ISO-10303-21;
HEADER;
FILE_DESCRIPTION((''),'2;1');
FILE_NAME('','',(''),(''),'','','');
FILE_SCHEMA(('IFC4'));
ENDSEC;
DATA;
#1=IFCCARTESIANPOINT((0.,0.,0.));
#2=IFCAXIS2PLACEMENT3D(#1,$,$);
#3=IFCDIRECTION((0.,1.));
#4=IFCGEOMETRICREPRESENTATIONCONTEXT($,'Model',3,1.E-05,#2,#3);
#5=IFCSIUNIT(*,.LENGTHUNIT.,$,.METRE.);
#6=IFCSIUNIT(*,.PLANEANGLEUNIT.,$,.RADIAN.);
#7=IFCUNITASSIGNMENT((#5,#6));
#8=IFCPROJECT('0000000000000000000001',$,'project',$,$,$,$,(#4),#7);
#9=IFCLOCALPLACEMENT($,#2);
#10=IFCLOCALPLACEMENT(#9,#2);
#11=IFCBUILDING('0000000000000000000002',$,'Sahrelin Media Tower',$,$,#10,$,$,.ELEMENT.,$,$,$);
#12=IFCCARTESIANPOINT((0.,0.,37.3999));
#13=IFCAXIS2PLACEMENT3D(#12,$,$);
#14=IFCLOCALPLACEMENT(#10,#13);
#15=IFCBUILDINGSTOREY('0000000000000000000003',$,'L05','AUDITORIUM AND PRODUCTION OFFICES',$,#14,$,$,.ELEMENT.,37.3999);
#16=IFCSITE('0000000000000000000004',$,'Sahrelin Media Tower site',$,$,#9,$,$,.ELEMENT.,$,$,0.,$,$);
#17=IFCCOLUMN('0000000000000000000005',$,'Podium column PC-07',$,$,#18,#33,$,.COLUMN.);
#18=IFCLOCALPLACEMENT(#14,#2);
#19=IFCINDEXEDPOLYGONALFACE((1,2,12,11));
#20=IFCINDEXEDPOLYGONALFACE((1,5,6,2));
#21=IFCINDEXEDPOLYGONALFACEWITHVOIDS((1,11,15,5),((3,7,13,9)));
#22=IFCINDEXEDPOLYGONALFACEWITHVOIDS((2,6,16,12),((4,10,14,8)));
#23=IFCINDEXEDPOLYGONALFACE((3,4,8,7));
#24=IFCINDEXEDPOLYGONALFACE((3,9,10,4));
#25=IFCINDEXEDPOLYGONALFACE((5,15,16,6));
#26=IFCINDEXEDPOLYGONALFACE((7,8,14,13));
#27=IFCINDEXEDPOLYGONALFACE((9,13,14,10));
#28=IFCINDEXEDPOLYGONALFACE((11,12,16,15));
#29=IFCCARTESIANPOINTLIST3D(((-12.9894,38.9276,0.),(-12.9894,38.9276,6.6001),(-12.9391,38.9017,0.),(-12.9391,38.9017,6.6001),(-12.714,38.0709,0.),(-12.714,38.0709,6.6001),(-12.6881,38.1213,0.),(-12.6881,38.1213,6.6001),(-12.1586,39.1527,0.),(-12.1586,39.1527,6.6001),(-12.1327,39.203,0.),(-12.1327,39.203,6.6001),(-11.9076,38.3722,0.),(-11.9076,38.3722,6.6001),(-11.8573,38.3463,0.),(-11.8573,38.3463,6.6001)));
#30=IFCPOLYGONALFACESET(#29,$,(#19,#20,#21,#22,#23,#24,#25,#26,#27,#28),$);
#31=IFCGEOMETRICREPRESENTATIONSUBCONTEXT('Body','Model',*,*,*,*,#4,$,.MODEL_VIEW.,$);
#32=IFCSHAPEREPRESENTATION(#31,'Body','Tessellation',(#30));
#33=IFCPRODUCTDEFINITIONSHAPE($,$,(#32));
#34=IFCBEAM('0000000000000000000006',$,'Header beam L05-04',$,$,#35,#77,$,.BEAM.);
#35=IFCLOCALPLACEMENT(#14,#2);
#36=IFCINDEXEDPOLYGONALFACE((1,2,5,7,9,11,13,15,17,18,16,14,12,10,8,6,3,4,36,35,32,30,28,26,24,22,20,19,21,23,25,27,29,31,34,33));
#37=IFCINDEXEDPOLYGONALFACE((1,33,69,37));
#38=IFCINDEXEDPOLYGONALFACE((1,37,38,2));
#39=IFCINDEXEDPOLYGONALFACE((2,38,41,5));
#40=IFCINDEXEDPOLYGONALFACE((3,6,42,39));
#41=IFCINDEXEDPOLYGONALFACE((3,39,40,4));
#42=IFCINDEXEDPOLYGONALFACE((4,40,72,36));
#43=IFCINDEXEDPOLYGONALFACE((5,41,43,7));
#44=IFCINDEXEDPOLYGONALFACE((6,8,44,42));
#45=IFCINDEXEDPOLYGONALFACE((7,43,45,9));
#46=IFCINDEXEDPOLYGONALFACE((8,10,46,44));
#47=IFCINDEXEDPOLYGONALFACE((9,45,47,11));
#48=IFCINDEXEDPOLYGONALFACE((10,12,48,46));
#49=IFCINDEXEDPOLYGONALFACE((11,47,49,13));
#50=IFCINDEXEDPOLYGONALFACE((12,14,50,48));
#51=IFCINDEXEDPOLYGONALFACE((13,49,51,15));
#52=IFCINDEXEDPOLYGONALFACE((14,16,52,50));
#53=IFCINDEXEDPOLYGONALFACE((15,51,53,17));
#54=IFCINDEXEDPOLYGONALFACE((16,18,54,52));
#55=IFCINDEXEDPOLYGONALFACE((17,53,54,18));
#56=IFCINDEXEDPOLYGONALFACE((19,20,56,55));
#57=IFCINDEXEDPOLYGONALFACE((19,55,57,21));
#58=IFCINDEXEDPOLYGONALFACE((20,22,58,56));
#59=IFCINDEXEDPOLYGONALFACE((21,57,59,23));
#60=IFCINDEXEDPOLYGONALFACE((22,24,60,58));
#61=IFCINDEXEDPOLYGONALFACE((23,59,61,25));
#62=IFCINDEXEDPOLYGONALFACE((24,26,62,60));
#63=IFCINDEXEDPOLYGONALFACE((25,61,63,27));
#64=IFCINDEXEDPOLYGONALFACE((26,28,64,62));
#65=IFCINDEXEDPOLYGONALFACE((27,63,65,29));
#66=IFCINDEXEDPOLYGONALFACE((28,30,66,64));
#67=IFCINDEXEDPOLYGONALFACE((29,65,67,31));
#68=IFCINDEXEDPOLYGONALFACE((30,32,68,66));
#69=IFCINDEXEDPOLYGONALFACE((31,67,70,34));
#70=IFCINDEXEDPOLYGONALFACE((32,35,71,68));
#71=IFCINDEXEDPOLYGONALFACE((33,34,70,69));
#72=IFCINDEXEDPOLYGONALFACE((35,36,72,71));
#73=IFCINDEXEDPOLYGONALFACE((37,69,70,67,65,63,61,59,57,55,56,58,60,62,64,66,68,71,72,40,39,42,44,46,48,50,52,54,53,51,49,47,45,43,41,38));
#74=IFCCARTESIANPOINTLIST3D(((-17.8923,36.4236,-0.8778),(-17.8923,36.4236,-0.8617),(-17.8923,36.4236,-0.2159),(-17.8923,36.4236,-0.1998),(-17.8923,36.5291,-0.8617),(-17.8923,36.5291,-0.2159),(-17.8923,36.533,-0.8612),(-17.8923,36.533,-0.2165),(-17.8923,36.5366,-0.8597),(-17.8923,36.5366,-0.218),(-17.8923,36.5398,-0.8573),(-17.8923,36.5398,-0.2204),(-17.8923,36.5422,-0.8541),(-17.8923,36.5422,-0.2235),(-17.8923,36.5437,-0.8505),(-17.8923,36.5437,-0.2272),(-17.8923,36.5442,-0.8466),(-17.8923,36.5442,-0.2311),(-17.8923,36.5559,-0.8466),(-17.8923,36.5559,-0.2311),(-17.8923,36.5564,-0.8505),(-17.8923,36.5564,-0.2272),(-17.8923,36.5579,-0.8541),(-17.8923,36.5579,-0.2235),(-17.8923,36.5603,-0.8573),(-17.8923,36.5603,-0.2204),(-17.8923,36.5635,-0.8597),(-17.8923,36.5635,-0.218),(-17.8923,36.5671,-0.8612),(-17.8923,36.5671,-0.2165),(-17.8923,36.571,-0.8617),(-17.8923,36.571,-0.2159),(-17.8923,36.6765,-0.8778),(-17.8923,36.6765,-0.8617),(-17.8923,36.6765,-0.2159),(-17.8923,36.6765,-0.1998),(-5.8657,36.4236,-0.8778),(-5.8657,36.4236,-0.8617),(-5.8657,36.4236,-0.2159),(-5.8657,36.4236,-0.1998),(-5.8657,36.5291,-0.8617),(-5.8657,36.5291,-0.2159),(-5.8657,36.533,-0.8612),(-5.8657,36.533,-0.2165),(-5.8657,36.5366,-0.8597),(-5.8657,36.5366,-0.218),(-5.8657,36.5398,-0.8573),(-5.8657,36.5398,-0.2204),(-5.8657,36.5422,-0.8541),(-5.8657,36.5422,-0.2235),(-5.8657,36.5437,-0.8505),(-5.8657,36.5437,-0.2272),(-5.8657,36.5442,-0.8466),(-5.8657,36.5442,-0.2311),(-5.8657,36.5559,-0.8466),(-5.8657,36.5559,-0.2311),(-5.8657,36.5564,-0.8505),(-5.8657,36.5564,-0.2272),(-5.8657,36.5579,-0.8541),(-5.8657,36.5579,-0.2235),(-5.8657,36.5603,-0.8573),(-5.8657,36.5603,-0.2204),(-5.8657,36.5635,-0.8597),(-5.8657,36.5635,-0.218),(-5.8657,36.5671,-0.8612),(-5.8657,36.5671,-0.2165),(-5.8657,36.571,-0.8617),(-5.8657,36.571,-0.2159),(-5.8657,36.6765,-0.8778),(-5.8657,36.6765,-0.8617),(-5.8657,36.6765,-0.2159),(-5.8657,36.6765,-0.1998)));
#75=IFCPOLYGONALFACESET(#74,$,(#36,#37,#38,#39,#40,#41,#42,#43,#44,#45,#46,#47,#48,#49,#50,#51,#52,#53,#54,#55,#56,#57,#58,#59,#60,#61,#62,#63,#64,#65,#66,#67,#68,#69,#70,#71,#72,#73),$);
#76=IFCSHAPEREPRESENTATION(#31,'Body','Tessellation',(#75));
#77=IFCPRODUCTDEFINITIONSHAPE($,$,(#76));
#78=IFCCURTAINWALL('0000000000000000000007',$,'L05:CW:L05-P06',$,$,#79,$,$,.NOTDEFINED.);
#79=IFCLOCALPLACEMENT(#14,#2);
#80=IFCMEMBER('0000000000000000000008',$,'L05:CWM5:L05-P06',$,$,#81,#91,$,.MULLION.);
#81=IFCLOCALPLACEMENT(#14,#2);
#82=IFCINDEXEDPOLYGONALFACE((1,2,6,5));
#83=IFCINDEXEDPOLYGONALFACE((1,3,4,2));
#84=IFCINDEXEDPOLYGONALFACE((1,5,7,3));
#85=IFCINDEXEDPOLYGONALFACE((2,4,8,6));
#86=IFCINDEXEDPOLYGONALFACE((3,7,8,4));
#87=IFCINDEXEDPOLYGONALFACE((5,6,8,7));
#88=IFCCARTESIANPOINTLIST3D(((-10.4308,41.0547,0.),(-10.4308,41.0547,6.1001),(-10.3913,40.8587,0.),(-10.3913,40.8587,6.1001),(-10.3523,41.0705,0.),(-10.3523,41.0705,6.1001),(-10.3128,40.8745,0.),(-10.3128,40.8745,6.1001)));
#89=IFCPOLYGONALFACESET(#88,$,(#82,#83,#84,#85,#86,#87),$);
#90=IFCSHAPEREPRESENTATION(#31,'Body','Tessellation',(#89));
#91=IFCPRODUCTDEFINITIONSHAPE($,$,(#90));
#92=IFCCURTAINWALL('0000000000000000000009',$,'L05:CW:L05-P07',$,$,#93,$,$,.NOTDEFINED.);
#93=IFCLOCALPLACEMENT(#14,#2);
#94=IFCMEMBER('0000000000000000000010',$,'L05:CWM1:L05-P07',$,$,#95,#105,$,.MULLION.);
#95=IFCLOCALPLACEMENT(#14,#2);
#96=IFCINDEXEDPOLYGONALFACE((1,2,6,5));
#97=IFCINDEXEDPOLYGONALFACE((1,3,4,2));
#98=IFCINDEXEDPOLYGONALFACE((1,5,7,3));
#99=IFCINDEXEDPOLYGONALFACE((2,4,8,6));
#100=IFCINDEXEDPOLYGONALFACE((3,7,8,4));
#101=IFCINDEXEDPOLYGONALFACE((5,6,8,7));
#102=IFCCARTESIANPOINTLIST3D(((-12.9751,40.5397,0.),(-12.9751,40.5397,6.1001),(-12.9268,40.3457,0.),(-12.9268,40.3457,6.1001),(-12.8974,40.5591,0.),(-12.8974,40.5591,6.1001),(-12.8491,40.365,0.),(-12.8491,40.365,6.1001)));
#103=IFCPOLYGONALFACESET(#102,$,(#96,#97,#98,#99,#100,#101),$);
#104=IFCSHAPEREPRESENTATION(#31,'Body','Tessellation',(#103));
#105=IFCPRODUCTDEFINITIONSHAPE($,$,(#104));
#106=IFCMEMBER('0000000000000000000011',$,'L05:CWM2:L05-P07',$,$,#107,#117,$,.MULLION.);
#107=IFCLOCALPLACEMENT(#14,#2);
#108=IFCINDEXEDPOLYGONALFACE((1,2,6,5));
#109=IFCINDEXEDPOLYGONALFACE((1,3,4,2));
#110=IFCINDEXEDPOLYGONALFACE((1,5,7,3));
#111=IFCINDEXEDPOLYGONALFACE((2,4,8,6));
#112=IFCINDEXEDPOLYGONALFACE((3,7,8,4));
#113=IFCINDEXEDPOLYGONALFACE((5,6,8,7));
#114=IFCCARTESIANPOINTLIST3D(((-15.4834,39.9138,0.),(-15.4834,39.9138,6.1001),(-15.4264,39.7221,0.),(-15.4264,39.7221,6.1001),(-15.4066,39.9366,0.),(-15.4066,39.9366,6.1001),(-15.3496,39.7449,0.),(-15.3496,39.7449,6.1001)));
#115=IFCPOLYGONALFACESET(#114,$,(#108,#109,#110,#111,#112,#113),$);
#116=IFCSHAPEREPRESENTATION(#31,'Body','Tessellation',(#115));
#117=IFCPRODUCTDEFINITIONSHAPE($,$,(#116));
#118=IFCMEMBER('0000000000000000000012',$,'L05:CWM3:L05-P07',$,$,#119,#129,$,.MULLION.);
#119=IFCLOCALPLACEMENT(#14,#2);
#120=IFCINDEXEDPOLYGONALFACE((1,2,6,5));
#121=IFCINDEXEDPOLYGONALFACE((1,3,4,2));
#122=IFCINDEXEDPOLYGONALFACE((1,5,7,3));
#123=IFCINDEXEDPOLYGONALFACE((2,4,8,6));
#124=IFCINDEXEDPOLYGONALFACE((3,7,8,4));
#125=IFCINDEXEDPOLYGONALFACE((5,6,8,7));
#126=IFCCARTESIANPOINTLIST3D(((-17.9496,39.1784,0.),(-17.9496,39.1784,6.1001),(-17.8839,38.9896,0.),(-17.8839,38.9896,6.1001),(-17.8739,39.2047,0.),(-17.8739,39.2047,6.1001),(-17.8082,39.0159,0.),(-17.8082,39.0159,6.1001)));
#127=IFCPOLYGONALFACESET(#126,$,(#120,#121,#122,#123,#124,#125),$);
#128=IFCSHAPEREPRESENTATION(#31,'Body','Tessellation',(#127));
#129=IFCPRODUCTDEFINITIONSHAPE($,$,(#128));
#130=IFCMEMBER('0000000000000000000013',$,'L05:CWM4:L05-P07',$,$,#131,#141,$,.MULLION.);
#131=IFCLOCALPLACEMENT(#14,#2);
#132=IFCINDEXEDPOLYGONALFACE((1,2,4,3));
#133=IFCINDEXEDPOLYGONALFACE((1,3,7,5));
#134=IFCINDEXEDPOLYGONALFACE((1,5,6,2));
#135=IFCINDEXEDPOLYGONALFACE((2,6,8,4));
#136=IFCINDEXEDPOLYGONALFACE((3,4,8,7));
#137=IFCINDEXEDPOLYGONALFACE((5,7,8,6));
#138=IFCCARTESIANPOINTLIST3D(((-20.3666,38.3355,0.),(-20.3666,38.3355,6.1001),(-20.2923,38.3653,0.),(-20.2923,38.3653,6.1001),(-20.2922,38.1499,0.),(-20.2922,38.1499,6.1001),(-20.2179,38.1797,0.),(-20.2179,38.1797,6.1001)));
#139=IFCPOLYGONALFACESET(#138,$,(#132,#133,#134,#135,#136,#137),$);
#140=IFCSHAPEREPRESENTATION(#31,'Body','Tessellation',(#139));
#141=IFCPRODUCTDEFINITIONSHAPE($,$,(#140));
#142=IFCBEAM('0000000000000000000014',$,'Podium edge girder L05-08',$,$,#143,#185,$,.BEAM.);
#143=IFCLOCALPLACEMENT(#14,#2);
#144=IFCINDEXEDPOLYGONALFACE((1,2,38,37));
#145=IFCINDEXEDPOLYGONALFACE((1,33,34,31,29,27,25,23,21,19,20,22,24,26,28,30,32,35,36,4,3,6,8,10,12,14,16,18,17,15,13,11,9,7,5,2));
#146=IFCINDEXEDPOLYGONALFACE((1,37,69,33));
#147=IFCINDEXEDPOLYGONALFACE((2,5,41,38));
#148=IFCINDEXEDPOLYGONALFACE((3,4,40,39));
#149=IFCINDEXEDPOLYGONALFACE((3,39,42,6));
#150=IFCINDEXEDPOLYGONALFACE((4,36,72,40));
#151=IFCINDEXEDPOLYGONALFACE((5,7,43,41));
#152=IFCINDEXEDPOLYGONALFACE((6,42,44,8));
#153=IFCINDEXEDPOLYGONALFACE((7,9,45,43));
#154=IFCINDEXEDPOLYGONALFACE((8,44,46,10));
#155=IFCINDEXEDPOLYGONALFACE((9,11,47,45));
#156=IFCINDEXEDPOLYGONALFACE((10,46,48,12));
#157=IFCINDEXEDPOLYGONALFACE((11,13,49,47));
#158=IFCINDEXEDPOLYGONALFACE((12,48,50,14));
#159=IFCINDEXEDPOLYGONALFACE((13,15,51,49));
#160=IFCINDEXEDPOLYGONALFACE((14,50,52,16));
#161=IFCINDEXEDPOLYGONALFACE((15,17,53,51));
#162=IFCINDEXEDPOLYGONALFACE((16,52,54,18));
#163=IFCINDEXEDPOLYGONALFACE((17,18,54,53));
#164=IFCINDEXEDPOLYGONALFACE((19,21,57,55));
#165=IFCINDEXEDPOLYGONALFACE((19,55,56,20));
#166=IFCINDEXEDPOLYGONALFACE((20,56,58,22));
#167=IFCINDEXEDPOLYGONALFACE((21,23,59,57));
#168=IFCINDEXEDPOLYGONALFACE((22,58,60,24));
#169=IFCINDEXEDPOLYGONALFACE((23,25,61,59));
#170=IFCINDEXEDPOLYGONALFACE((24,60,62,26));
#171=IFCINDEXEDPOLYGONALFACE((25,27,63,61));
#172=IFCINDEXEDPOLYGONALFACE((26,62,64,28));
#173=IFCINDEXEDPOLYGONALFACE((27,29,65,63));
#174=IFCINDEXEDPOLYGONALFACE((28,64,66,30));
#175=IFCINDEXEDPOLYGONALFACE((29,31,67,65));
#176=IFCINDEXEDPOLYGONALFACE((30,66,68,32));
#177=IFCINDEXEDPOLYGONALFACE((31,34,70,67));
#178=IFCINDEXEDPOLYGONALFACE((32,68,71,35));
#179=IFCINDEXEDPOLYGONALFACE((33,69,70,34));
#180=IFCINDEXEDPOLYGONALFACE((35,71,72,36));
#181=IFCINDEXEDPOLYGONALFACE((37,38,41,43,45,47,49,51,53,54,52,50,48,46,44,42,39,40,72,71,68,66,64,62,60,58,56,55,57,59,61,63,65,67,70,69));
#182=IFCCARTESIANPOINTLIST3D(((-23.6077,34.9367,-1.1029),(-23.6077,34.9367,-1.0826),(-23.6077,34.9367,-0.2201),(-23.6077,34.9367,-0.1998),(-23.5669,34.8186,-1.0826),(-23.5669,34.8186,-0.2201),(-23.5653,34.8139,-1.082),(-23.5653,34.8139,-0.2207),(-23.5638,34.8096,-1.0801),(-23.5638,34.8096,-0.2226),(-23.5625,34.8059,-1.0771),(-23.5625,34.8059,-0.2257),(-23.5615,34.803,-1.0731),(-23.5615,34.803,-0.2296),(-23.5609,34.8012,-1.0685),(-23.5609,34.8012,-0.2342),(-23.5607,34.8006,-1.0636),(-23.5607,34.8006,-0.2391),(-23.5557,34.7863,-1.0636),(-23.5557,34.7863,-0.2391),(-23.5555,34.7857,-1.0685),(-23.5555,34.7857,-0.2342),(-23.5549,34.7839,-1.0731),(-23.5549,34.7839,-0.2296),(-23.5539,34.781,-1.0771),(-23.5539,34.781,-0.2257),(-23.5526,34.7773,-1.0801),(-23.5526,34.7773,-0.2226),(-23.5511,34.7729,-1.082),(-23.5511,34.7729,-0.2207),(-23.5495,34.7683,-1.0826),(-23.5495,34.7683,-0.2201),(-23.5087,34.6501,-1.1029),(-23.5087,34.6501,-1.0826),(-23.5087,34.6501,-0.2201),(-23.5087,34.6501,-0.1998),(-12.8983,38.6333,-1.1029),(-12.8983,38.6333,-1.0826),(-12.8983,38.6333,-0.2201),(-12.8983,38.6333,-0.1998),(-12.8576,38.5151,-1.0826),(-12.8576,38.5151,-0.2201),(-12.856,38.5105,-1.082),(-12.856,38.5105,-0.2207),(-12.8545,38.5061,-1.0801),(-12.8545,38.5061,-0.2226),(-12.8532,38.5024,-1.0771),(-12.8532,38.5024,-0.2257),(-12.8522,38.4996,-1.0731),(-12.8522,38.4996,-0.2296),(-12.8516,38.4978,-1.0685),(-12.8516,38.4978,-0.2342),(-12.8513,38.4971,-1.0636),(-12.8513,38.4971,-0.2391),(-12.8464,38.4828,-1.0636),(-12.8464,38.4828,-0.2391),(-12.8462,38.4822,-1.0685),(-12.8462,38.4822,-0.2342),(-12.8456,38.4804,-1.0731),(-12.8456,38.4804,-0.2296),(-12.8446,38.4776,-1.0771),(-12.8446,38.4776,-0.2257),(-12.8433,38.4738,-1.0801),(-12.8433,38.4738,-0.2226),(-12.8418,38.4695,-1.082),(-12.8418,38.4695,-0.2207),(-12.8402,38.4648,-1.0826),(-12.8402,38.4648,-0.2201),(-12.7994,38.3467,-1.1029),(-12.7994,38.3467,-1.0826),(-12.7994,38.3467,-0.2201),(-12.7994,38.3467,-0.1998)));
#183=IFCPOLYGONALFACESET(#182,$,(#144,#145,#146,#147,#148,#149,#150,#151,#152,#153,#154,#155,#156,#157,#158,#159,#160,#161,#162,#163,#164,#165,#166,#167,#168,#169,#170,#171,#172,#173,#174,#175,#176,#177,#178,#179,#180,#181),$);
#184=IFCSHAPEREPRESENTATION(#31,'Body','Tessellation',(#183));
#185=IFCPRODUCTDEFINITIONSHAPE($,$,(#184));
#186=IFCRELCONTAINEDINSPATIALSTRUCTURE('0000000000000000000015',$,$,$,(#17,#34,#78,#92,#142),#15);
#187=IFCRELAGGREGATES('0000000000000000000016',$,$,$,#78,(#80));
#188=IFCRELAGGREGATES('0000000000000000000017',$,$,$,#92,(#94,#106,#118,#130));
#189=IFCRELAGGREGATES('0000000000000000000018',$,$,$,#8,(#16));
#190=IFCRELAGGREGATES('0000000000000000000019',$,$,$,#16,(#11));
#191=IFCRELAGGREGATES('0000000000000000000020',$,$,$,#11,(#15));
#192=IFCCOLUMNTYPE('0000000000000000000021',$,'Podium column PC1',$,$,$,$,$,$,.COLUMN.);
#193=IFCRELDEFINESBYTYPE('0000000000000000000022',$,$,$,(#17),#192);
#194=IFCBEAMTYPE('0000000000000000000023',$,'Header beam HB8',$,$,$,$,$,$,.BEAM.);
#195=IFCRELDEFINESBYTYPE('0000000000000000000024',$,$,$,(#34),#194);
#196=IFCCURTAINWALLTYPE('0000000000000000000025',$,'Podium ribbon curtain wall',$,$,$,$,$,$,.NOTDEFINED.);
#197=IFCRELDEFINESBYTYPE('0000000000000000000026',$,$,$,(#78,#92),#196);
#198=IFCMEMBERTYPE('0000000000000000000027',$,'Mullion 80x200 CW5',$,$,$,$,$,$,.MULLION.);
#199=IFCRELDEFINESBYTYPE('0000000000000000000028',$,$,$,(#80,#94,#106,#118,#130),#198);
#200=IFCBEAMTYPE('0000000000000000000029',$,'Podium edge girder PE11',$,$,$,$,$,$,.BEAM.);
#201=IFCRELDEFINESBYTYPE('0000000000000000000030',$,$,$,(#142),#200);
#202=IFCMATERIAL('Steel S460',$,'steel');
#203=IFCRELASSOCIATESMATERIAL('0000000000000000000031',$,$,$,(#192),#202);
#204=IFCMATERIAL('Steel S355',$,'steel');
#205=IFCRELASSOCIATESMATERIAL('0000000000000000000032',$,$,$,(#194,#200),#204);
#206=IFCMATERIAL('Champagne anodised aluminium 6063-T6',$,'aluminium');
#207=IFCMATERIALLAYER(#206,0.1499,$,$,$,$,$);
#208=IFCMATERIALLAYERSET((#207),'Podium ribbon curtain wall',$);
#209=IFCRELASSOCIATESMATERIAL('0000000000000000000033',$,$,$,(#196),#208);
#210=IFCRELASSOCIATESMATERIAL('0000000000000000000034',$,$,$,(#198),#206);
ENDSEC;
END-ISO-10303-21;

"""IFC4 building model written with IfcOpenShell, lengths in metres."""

from ifc_helpers import new_model, si_unit, direction, frame, origin, origin_2d, place, context, subcontext, project, spatial, rectangle, hollow_rectangle, i_section, extrude, material, layer, layer_set, material_profile, profile_set, type_object, element, aggregate, save


model = new_model("IFC4")

# Units and contexts
model_context = context("Model", 3, precision=1e-05, world=origin(), true_north=direction((0.0, 1.0)))
body_context = subcontext(model_context, "Body", "Model", "MODEL_VIEW")
ifc_project = project(units=[si_unit("LENGTHUNIT", "METRE"), si_unit("PLANEANGLEUNIT", "RADIAN")], contexts=[model_context])

# Site, building, storey
site_placement = place(None, origin())
site = spatial("IfcSite", under=ifc_project, at=site_placement, Name="Sahrelin Media Tower site", CompositionType="ELEMENT", RefElevation=0.0)
building_placement = place(site_placement, origin())
building = spatial("IfcBuilding", under=site, at=building_placement, Name="Sahrelin Media Tower", CompositionType="ELEMENT")
storey_placement = place(building_placement, frame((0.0, 0.0, 37.3999)))
storey = spatial("IfcBuildingStorey", under=building, at=storey_placement, Name="L05", Description="AUDITORIUM AND PRODUCTION OFFICES", CompositionType="ELEMENT", Elevation=37.3999)

# Column
ifc_material_1 = material(Name="Steel S460", Category="steel")
ifc_material_profile_1 = material_profile(ifc_material_1, hollow_rectangle(XDim=0.8999, YDim=0.8999, WallThickness=0.04, at=origin_2d()), Name="Podium column PC1")
ifc_profile_set_1 = profile_set([ifc_material_profile_1], Name="Steel S460")
column_type = type_object("IfcColumnType", Name="Podium column PC1", PredefinedType="COLUMN", material=ifc_profile_set_1)
column_placement = place(storey_placement, frame((-12.4233, 38.637, 0.0), z_axis=(0.0, 0.0, 1.0), x_axis=(-0.306104, 0.951998, 0.0)))
element("IfcColumn", 1, at=column_placement, inside=storey, type_object=column_type, Name="Podium column PC-07", PredefinedType="COLUMN", context=body_context, shape_type="SweptSolid", body=[
    extrude(hollow_rectangle(XDim=0.8999, YDim=0.8999, WallThickness=0.04, at=origin_2d()), origin(), (0.0, 0.0, 1.0), 6.6001),
])

# Beam
ifc_material_2 = material(Name="Steel S355", Category="steel")
ifc_material_profile_2 = material_profile(ifc_material_2, i_section(OverallWidth=0.2529, OverallDepth=0.678, WebThickness=0.0117, FlangeThickness=0.0161, FilletRadius=0.0151, at=origin_2d()), Name="UB 686x254x125")
ifc_profile_set_2 = profile_set([ifc_material_profile_2], Name="Steel S355")
beam_type_1 = type_object("IfcBeamType", Name="Header beam HB8", PredefinedType="BEAM", material=ifc_profile_set_2)
beam_1_placement = place(storey_placement, frame((-17.8923, 36.55, -0.5388), z_axis=(1.0, 0.0, 0.0), x_axis=(0.0, 1.0, 0.0)))
element("IfcBeam", 2, at=beam_1_placement, inside=storey, type_object=beam_type_1, Name="Header beam L05-04", PredefinedType="BEAM", context=body_context, shape_type="SweptSolid", body=[
    extrude(i_section(OverallWidth=0.2529, OverallDepth=0.678, WebThickness=0.0117, FlangeThickness=0.0161, FilletRadius=0.0151, at=origin_2d()), origin(), (0.0, 0.0, 1.0), 12.0266),
])

# Curtain wall, member
ifc_material_3 = material(Name="Champagne anodised aluminium 6063-T6", Category="aluminium")
ifc_layer_1 = layer(ifc_material_3, 0.1499)
ifc_layer_set_1 = layer_set([ifc_layer_1], Name="Podium ribbon curtain wall")
curtain_wall_type = type_object("IfcCurtainWallType", Name="Podium ribbon curtain wall", PredefinedType="NOTDEFINED", material=ifc_layer_set_1)
curtain_wall_1_placement = place(storey_placement, frame((0.0, 42.0, 0.0), z_axis=(0.0, 0.0, 1.0), x_axis=(1.0, 0.0, 0.0)))
curtain_wall_1 = element("IfcCurtainWall", 3, at=curtain_wall_1_placement, inside=storey, type_object=curtain_wall_type, Name="L05:CW:L05-P06", PredefinedType="NOTDEFINED")
ifc_material_profile_3 = material_profile(ifc_material_3, rectangle(XDim=0.0801, YDim=0.2, at=origin_2d()), Name="Mullion 80x200")
ifc_profile_set_3 = profile_set([ifc_material_profile_3], Name="Champagne anodised aluminium 6063-T6")
member_type_1 = type_object("IfcMemberType", Name="Mullion 80x200 CW5", PredefinedType="MULLION", material=ifc_profile_set_3)
member_1_placement = place(storey_placement, frame((-10.3718, 40.9646, 0.0), z_axis=(0.0, 0.0, 1.0), x_axis=(-0.980267, -0.197678, 0.0)))
member_1 = element("IfcMember", 4, at=member_1_placement, type_object=member_type_1, Name="L05:CWM5:L05-P06", PredefinedType="MULLION", context=body_context, shape_type="SweptSolid", body=[
    extrude(rectangle(XDim=0.0801, YDim=0.2, at=origin_2d()), origin(), (0.0, 0.0, 1.0), 6.1001),
])

# Curtain wall, members
curtain_wall_2_placement = place(storey_placement, frame((-12.9409, 40.5688, 0.0), z_axis=(0.0, 0.0, 1.0), x_axis=(1.0, 0.0, 0.0)))
curtain_wall_2 = element("IfcCurtainWall", 5, at=curtain_wall_2_placement, inside=storey, type_object=curtain_wall_type, Name="L05:CW:L05-P07", PredefinedType="NOTDEFINED")
member_2_placement = place(storey_placement, frame((-12.9121, 40.4524, 0.0), z_axis=(0.0, 0.0, 1.0), x_axis=(-0.97041, -0.241461, 0.0)))
member_2 = element("IfcMember", 6, at=member_2_placement, type_object=member_type_1, Name="L05:CWM1:L05-P07", PredefinedType="MULLION", context=body_context, shape_type="SweptSolid", body=[
    extrude(rectangle(XDim=0.0801, YDim=0.2, at=origin_2d()), origin(), (0.0, 0.0, 1.0), 6.1001),
])
member_3_placement = place(storey_placement, frame((-15.4165, 39.8293, 0.0), z_axis=(0.0, 0.0, 1.0), x_axis=(-0.958495, -0.28511, 0.0)))
member_3 = element("IfcMember", 7, at=member_3_placement, type_object=member_type_1, Name="L05:CWM2:L05-P07", PredefinedType="MULLION", context=body_context, shape_type="SweptSolid", body=[
    extrude(rectangle(XDim=0.0801, YDim=0.2, at=origin_2d()), origin(), (0.0, 0.0, 1.0), 6.1001),
])
member_4_placement = place(storey_placement, frame((-17.8789, 39.0972, 0.0), z_axis=(0.0, 0.0, 1.0), x_axis=(-0.944458, -0.328631, 0.0)))
member_4 = element("IfcMember", 8, at=member_4_placement, type_object=member_type_1, Name="L05:CWM3:L05-P07", PredefinedType="MULLION", context=body_context, shape_type="SweptSolid", body=[
    extrude(rectangle(XDim=0.0801, YDim=0.2, at=origin_2d()), origin(), (0.0, 0.0, 1.0), 6.1001),
])
member_5_placement = place(storey_placement, frame((-20.2922, 38.2576, 0.0), z_axis=(0.0, 0.0, 1.0), x_axis=(-0.92827, -0.371906, 0.0)))
member_5 = element("IfcMember", 9, at=member_5_placement, type_object=member_type_1, Name="L05:CWM4:L05-P07", PredefinedType="MULLION", context=body_context, shape_type="SweptSolid", body=[
    extrude(rectangle(XDim=0.0801, YDim=0.2, at=origin_2d()), origin(), (0.0, 0.0, 1.0), 6.1001),
])

# Beam
ifc_material_profile_4 = material_profile(ifc_material_2, i_section(OverallWidth=0.3032, OverallDepth=0.9031, WebThickness=0.0151, FlangeThickness=0.0203, FilletRadius=0.019, at=origin_2d()), Name="UB 914x305x201")
ifc_profile_set_4 = profile_set([ifc_material_profile_4], Name="Steel S355")
beam_type_2 = type_object("IfcBeamType", Name="Podium edge girder PE11", PredefinedType="BEAM", material=ifc_profile_set_4)
beam_2_placement = place(storey_placement, frame((-12.8489, 38.49, -0.6514), z_axis=(-0.945272, -0.326282, 0.0), x_axis=(0.326282, -0.945272, 0.0)))
element("IfcBeam", 10, at=beam_2_placement, inside=storey, type_object=beam_type_2, Name="Podium edge girder L05-08", PredefinedType="BEAM", context=body_context, shape_type="SweptSolid", body=[
    extrude(i_section(OverallWidth=0.3032, OverallDepth=0.9031, WebThickness=0.0151, FlangeThickness=0.0203, FilletRadius=0.019, at=origin_2d()), origin(), (0.0, 0.0, 1.0), 11.3293),
])

aggregate(curtain_wall_1, [member_1])
aggregate(curtain_wall_2, [member_2, member_3, member_4, member_5])

save(model, "model.ifc")
